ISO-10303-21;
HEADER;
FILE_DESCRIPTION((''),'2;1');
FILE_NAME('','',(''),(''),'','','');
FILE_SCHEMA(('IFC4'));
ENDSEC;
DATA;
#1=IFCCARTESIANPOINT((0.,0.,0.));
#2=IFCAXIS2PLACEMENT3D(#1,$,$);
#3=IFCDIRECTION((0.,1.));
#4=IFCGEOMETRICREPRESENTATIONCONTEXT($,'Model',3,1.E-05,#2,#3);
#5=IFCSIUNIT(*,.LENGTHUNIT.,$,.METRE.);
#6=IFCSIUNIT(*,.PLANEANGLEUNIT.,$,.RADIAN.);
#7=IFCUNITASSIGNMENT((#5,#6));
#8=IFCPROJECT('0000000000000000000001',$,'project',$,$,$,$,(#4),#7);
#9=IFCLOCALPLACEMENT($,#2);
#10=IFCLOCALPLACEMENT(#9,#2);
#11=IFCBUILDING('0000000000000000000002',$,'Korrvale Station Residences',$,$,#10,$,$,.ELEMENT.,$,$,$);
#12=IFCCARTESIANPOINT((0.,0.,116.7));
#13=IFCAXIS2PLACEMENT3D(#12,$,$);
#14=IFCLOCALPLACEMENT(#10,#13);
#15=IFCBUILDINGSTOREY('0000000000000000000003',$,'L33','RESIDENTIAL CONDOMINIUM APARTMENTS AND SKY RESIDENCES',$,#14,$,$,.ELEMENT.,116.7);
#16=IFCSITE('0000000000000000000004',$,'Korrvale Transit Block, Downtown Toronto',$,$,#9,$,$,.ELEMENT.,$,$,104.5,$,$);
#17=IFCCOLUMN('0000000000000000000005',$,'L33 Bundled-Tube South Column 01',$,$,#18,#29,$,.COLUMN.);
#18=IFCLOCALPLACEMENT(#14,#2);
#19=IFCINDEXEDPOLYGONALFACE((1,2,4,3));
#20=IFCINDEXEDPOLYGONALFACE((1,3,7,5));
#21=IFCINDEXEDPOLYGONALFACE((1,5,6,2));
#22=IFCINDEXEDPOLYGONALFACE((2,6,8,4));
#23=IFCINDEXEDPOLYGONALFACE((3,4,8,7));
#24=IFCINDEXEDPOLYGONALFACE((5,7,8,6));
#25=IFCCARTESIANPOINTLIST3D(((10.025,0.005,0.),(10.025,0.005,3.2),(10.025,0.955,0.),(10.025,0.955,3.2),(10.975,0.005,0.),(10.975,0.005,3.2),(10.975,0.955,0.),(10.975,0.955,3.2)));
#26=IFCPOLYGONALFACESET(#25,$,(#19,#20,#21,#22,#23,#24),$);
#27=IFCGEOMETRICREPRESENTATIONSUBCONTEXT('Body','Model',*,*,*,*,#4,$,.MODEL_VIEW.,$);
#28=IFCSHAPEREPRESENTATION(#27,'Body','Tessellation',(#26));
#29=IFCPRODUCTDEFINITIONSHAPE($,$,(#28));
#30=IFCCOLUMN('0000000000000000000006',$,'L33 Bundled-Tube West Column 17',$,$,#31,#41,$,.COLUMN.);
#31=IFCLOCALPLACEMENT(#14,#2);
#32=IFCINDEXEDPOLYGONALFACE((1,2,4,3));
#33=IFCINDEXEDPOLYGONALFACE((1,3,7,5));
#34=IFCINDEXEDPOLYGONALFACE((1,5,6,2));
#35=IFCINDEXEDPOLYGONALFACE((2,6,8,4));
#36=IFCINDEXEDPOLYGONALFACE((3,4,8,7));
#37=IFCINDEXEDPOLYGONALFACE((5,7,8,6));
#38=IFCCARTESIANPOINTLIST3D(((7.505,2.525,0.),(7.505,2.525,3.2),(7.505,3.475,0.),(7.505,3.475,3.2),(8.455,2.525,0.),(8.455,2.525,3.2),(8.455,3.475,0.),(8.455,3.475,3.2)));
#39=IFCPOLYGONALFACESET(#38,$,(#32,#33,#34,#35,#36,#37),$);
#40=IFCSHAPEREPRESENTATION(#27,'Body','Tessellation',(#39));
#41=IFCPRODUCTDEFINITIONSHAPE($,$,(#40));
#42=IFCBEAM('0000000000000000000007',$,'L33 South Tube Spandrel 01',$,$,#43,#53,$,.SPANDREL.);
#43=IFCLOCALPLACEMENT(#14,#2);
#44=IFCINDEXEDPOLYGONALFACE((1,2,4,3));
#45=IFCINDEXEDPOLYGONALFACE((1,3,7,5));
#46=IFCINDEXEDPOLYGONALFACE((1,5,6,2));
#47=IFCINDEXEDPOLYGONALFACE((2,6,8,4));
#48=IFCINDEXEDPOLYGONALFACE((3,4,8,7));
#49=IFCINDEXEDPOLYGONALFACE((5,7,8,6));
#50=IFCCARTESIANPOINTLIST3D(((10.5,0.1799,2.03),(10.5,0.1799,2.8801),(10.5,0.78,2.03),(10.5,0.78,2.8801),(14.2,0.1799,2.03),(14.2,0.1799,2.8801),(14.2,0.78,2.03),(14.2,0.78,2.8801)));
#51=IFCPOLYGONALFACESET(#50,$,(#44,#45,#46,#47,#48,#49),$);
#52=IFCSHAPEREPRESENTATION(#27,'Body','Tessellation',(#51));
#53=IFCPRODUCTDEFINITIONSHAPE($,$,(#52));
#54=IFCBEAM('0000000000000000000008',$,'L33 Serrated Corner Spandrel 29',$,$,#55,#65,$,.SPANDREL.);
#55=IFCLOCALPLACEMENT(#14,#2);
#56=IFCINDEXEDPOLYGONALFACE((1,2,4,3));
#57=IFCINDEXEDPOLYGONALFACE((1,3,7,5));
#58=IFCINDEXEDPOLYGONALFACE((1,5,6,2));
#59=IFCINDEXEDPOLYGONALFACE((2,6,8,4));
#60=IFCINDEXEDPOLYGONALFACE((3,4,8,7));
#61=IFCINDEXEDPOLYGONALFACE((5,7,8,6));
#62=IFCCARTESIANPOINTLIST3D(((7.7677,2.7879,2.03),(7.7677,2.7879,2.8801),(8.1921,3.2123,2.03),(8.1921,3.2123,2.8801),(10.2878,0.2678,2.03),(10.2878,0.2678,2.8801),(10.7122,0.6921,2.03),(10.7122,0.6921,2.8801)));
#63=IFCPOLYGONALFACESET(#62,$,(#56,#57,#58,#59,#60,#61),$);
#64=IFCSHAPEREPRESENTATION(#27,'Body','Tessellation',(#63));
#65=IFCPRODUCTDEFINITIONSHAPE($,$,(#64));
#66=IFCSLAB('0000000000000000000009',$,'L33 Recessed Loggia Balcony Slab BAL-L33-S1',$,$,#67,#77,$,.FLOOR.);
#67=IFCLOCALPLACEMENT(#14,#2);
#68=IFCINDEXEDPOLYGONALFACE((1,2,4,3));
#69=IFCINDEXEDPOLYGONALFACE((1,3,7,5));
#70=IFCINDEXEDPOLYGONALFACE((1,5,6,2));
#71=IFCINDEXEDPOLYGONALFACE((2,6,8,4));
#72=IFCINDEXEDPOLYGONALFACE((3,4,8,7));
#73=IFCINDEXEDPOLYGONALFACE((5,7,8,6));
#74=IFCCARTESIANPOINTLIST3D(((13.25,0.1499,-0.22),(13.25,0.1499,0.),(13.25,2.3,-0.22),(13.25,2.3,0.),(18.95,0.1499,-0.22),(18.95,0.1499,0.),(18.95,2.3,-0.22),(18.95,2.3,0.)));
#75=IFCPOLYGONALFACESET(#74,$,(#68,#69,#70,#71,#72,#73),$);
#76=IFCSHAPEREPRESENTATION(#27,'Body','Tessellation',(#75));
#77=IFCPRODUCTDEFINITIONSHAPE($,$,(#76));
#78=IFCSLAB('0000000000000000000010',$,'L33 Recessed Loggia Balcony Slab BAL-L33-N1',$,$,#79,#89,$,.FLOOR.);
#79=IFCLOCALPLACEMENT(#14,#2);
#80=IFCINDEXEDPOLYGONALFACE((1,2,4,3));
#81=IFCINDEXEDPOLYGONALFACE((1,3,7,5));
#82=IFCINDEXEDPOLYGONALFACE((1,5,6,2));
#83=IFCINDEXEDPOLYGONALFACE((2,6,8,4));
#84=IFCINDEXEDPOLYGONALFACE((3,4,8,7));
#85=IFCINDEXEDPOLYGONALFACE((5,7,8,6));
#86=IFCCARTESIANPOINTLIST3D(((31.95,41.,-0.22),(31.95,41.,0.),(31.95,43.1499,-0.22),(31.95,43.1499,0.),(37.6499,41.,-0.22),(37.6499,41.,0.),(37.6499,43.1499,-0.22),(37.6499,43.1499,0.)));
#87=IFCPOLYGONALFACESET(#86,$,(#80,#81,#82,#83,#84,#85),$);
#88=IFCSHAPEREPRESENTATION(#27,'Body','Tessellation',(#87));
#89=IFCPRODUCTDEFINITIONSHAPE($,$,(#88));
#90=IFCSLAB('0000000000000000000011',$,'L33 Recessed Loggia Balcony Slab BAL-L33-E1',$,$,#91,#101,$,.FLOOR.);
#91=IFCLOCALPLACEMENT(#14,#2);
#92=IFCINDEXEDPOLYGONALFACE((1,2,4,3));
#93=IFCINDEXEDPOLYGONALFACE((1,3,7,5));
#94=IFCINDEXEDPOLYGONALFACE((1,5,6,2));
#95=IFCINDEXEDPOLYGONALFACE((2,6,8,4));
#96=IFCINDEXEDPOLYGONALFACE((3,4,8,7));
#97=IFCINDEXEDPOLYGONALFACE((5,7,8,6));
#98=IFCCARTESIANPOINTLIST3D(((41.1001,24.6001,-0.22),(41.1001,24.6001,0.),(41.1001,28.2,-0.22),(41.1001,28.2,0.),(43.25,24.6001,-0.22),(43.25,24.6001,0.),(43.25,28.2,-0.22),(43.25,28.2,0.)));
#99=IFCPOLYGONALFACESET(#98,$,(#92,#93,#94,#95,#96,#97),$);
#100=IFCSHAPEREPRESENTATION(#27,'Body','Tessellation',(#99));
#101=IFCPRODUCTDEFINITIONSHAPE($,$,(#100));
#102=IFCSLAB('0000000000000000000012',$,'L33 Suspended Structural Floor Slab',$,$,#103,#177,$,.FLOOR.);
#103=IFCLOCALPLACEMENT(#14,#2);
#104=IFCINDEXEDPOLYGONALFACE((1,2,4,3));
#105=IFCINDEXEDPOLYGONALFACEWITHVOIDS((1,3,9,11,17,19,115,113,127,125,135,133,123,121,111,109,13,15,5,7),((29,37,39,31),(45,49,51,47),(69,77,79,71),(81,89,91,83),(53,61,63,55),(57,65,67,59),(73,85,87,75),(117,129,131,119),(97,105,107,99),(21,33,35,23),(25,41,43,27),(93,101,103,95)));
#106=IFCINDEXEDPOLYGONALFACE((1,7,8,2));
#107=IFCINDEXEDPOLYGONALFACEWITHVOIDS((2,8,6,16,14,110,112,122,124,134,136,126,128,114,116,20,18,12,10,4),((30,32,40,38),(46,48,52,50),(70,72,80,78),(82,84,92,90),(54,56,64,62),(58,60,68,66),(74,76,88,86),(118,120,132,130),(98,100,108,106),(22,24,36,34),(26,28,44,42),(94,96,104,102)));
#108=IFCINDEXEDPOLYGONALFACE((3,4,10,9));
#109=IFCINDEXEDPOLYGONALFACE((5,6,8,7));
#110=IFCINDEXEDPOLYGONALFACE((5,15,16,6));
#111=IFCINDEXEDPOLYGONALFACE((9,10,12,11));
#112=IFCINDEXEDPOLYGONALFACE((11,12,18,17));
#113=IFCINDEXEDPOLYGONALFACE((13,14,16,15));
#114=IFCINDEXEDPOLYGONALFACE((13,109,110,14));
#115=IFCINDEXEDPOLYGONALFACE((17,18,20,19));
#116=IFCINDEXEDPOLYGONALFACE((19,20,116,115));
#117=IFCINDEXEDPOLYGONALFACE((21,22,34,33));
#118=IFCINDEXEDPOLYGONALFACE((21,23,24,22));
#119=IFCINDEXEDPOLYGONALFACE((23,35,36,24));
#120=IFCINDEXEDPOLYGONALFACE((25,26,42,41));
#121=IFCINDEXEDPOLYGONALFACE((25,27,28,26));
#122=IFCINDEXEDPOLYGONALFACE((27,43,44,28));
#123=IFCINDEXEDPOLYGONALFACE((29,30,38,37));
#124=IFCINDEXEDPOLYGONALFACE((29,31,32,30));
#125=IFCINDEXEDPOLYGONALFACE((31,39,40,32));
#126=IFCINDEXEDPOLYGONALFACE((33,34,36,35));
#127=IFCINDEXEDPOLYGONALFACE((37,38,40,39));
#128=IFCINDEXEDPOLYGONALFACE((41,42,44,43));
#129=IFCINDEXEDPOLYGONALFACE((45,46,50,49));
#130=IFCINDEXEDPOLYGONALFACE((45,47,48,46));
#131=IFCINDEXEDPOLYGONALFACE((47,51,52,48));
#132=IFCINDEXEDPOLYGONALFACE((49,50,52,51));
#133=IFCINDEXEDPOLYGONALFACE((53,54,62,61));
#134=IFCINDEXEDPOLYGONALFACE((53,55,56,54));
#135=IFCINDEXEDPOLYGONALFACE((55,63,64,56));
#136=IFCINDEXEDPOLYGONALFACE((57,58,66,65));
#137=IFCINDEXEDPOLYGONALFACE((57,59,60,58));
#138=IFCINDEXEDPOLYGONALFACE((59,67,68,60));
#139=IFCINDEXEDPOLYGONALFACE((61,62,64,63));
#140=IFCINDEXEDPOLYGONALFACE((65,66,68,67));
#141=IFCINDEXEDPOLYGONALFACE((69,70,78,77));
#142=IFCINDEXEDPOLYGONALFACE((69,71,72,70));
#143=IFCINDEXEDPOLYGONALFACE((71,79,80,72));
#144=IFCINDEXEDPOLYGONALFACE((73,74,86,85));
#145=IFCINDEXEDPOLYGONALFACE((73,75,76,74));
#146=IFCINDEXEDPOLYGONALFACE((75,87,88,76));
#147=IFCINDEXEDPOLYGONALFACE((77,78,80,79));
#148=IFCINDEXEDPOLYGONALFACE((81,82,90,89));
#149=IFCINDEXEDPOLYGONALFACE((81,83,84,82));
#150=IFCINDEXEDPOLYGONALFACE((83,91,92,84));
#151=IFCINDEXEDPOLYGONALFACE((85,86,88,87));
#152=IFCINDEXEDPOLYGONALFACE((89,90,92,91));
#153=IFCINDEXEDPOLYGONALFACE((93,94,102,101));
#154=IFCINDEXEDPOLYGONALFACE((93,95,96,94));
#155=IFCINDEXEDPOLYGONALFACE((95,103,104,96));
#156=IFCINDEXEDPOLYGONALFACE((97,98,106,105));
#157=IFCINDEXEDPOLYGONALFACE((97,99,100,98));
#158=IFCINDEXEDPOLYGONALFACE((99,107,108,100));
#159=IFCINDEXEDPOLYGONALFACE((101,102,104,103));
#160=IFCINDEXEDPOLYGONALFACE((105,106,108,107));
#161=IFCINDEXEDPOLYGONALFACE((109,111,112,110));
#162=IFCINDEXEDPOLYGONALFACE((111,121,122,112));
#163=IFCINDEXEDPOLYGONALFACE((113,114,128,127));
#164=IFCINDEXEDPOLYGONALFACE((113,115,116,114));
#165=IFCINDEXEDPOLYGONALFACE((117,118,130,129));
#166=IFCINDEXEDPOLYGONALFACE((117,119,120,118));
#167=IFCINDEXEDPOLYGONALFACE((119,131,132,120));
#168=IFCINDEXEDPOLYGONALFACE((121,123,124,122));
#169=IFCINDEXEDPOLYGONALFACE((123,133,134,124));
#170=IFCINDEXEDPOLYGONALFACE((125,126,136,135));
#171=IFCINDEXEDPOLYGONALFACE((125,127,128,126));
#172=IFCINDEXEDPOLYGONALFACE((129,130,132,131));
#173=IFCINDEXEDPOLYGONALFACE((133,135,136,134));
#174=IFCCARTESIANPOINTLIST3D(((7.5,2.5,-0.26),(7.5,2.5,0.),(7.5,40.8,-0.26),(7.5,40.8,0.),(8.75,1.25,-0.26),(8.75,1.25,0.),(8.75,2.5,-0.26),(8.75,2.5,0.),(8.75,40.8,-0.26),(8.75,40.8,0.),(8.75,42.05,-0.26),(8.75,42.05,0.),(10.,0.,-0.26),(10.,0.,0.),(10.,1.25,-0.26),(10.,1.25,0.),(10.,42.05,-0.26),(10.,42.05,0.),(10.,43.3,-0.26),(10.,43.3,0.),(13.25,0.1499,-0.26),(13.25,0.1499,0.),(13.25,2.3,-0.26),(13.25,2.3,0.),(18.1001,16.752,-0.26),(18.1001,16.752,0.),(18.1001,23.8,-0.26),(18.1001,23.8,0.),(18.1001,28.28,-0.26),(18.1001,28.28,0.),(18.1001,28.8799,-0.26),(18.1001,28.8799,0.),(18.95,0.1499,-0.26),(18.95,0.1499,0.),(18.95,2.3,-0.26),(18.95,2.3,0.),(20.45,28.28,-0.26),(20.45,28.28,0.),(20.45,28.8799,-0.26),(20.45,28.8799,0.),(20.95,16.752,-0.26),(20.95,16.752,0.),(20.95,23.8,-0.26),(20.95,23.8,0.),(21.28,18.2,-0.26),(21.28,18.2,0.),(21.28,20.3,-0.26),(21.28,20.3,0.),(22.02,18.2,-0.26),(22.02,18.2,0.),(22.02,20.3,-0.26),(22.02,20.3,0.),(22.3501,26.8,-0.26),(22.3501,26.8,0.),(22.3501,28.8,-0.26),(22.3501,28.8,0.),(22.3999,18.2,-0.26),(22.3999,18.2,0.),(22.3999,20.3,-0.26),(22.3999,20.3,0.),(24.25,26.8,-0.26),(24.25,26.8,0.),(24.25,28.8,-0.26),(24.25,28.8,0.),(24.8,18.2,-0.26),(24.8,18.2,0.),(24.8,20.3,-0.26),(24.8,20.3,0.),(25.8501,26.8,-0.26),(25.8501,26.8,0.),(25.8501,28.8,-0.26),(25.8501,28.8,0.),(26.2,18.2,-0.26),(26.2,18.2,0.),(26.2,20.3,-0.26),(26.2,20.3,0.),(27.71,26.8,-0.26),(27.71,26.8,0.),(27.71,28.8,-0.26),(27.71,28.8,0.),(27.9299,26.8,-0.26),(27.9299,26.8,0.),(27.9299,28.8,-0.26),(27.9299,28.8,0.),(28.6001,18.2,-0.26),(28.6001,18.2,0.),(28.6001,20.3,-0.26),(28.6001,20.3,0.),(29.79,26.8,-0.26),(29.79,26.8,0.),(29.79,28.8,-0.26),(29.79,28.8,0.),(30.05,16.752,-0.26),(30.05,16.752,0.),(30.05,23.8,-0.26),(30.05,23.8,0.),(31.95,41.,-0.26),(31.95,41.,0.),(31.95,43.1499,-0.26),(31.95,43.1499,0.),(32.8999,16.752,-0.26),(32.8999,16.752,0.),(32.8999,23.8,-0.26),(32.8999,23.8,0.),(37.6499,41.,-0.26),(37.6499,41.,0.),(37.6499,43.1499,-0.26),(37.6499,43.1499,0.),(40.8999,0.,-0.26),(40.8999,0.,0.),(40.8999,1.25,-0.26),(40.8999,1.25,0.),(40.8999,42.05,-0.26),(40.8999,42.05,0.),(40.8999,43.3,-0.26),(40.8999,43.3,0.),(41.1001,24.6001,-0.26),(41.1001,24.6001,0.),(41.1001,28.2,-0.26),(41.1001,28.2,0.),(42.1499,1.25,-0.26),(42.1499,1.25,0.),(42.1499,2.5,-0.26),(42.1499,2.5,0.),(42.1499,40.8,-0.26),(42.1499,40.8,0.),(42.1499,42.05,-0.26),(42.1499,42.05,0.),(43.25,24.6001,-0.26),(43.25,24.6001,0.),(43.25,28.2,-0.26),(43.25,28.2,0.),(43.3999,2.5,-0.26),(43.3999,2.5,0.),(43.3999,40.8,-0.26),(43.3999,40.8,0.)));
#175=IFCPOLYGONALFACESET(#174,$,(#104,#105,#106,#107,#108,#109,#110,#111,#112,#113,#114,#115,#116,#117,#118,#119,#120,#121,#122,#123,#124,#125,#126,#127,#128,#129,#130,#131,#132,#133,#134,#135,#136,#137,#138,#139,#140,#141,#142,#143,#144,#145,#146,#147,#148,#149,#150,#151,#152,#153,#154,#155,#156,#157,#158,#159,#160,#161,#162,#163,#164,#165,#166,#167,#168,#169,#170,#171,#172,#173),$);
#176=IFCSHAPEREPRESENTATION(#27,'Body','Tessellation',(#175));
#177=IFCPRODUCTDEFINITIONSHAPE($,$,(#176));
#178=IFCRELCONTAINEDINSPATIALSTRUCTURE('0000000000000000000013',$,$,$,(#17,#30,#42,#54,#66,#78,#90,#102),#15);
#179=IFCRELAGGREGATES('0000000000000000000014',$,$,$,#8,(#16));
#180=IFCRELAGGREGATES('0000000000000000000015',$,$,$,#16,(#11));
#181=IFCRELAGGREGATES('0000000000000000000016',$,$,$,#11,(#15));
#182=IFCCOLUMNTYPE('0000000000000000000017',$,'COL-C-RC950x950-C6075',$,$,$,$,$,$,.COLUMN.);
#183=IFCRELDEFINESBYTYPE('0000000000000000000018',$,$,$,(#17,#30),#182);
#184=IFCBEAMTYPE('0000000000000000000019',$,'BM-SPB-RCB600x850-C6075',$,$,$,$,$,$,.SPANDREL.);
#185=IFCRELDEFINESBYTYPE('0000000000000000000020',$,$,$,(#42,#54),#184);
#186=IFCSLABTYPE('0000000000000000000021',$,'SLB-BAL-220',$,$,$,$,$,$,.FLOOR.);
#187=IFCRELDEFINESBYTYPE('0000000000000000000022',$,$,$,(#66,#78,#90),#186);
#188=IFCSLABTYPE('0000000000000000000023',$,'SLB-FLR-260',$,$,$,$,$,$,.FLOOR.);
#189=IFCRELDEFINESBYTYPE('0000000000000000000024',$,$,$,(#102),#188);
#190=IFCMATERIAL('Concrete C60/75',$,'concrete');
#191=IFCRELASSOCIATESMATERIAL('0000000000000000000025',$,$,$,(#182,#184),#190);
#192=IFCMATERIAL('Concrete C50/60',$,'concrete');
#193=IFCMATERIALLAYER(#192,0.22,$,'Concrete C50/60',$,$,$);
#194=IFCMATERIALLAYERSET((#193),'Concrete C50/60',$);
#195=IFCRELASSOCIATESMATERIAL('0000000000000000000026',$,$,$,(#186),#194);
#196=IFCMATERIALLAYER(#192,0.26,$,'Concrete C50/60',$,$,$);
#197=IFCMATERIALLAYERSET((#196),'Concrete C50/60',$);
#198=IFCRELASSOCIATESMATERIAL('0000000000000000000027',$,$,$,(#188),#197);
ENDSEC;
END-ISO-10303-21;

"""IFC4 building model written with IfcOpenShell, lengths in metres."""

from ifc_helpers import new_model, si_unit, direction, frame, origin, origin_2d, place, context, subcontext, project, spatial, polyline, rectangle, outline, extrude, material, layer, layer_set, material_profile, profile_set, type_object, element, save


model = new_model("IFC4")

# Units and contexts
model_context = context("Model", 3, precision=1e-05, world=origin(), true_north=direction((0.0, 1.0)))
body_context = subcontext(model_context, "Body", "Model", "MODEL_VIEW")
ifc_project = project(units=[si_unit("LENGTHUNIT", "METRE"), si_unit("PLANEANGLEUNIT", "RADIAN")], contexts=[model_context])

# Site, building, storey
site_placement = place(None, origin())
site = spatial("IfcSite", under=ifc_project, at=site_placement, Name="Korrvale Transit Block, Downtown Toronto", CompositionType="ELEMENT", RefElevation=104.5)
building_placement = place(site_placement, origin())
building = spatial("IfcBuilding", under=site, at=building_placement, Name="Korrvale Station Residences", CompositionType="ELEMENT")
storey_placement = place(building_placement, frame((0.0, 0.0, 116.7)))
storey = spatial("IfcBuildingStorey", under=building, at=storey_placement, Name="L33", Description="RESIDENTIAL CONDOMINIUM APARTMENTS AND SKY RESIDENCES", CompositionType="ELEMENT", Elevation=116.7)

# Columns
ifc_material_1 = material(Name="Concrete C60/75", Category="concrete")
ifc_material_profile_1 = material_profile(ifc_material_1, rectangle(XDim=0.95, YDim=0.95, at=origin_2d()), Name="RC950x950")
ifc_profile_set_1 = profile_set([ifc_material_profile_1], Name="Concrete C60/75")
column_type = type_object("IfcColumnType", Name="COL-C-RC950x950-C6075", PredefinedType="COLUMN", material=ifc_profile_set_1)
for number, where, z_axis, x_axis, name in (
    (1, (10.5, 0.48, 0.0), (0.0, 0.0, 1.0), (1.0, 0.0, 0.0), "L33 Bundled-Tube South Column 01"),
    (2, (7.98, 3.0, 0.0), (0.0, 0.0, 1.0), (1.0, 0.0, 0.0), "L33 Bundled-Tube West Column 17"),
):
    element("IfcColumn", number, at=place(storey_placement, frame(where, z_axis=z_axis, x_axis=x_axis)), inside=storey, type_object=column_type, Name=name, PredefinedType="COLUMN", context=body_context, shape_type="SweptSolid", body=[
        extrude(rectangle(XDim=0.95, YDim=0.95, at=origin_2d()), origin(), (0.0, 0.0, 1.0), 3.2),
    ])

# Beams
ifc_material_profile_2 = material_profile(ifc_material_1, rectangle(XDim=0.6001, YDim=0.8501, at=origin_2d()), Name="RCB600x850")
ifc_profile_set_2 = profile_set([ifc_material_profile_2], Name="Concrete C60/75")
beam_type = type_object("IfcBeamType", Name="BM-SPB-RCB600x850-C6075", PredefinedType="SPANDREL", material=ifc_profile_set_2)
beam_1_placement = place(storey_placement, frame((10.5, 0.48, 2.4551), z_axis=(1.0, 0.0, 0.0), x_axis=(0.0, 1.0, 0.0)))
element("IfcBeam", 3, at=beam_1_placement, inside=storey, type_object=beam_type, Name="L33 South Tube Spandrel 01", PredefinedType="SPANDREL", context=body_context, shape_type="SweptSolid", body=[
    extrude(rectangle(XDim=0.6001, YDim=0.8501, at=origin_2d()), origin(), (0.0, 0.0, 1.0), 3.7),
])
beam_2_placement = place(storey_placement, frame((10.5, 0.48, 2.4551), z_axis=(-0.707107, 0.707107, 0.0), x_axis=(-0.707107, -0.707107, 0.0)))
element("IfcBeam", 4, at=beam_2_placement, inside=storey, type_object=beam_type, Name="L33 Serrated Corner Spandrel 29", PredefinedType="SPANDREL", context=body_context, shape_type="SweptSolid", body=[
    extrude(rectangle(XDim=0.6001, YDim=0.8501, at=origin_2d()), origin(), (0.0, 0.0, 1.0), 3.564),
])

# Slabs
ifc_material_2 = material(Name="Concrete C50/60", Category="concrete")
ifc_layer_1 = layer(ifc_material_2, 0.22, Name="Concrete C50/60")
ifc_layer_set_1 = layer_set([ifc_layer_1], Name="Concrete C50/60")
slab_type_1 = type_object("IfcSlabType", Name="SLB-BAL-220", PredefinedType="FLOOR", material=ifc_layer_set_1)
slab_1_placement = place(storey_placement, frame((0.0, 0.0, -0.22)))
element("IfcSlab", 5, at=slab_1_placement, inside=storey, type_object=slab_type_1, Name="L33 Recessed Loggia Balcony Slab BAL-L33-S1", PredefinedType="FLOOR", context=body_context, shape_type="SweptSolid", body=[
    extrude(outline(polyline([(13.25, 0.1499), (18.95, 0.1499), (18.95, 2.3), (13.25, 2.3), (13.25, 0.1499)])), origin(), (0.0, 0.0, 1.0), 0.22),
])
slab_2_placement = place(storey_placement, frame((0.0, 0.0, -0.22)))
element("IfcSlab", 6, at=slab_2_placement, inside=storey, type_object=slab_type_1, Name="L33 Recessed Loggia Balcony Slab BAL-L33-N1", PredefinedType="FLOOR", context=body_context, shape_type="SweptSolid", body=[
    extrude(outline(polyline([(31.95, 41.0), (37.6499, 41.0), (37.6499, 43.1499), (31.95, 43.1499), (31.95, 41.0)])), origin(), (0.0, 0.0, 1.0), 0.22),
])
slab_3_placement = place(storey_placement, frame((0.0, 0.0, -0.22)))
element("IfcSlab", 7, at=slab_3_placement, inside=storey, type_object=slab_type_1, Name="L33 Recessed Loggia Balcony Slab BAL-L33-E1", PredefinedType="FLOOR", context=body_context, shape_type="SweptSolid", body=[
    extrude(outline(polyline([(41.1001, 24.6001), (43.25, 24.6001), (43.25, 28.2), (41.1001, 28.2), (41.1001, 24.6001)])), origin(), (0.0, 0.0, 1.0), 0.22),
])
ifc_layer_2 = layer(ifc_material_2, 0.26, Name="Concrete C50/60")
ifc_layer_set_2 = layer_set([ifc_layer_2], Name="Concrete C50/60")
slab_type_2 = type_object("IfcSlabType", Name="SLB-FLR-260", PredefinedType="FLOOR", material=ifc_layer_set_2)
slab_4_placement = place(storey_placement, frame((0.0, 0.0, -0.26)))
element("IfcSlab", 8, at=slab_4_placement, inside=storey, type_object=slab_type_2, Name="L33 Suspended Structural Floor Slab", PredefinedType="FLOOR", context=body_context, shape_type="SweptSolid", body=[
    extrude(outline(polyline([(10.0, 0.0), (40.8999, 0.0), (40.8999, 1.25), (42.1499, 1.25), (42.1499, 2.5), (43.3999, 2.5), (43.3999, 40.8), (42.1499, 40.8), (42.1499, 42.05), (40.8999, 42.05), (40.8999, 43.3), (10.0, 43.3), (10.0, 42.05), (8.75, 42.05), (8.75, 40.8), (7.5, 40.8), (7.5, 2.5), (8.75, 2.5), (8.75, 1.25), (10.0, 1.25), (10.0, 0.0)]), holes=[polyline([(20.95, 16.752), (20.95, 23.8), (18.1001, 23.8), (18.1001, 16.752), (20.95, 16.752)]), polyline([(32.8999, 16.752), (32.8999, 23.8), (30.05, 23.8), (30.05, 16.752), (32.8999, 16.752)]), polyline([(22.3501, 26.8), (24.25, 26.8), (24.25, 28.8), (22.3501, 28.8), (22.3501, 26.8)]), polyline([(25.8501, 26.8), (27.71, 26.8), (27.71, 28.8), (25.8501, 28.8), (25.8501, 26.8)]), polyline([(27.9299, 26.8), (29.79, 26.8), (29.79, 28.8), (27.9299, 28.8), (27.9299, 26.8)]), polyline([(22.3999, 18.2), (24.8, 18.2), (24.8, 20.3), (22.3999, 20.3), (22.3999, 18.2)]), polyline([(26.2, 18.2), (28.6001, 18.2), (28.6001, 20.3), (26.2, 20.3), (26.2, 18.2)]), polyline([(18.1001, 28.28), (20.45, 28.28), (20.45, 28.8799), (18.1001, 28.8799), (18.1001, 28.28)]), polyline([(21.28, 18.2), (22.02, 18.2), (22.02, 20.3), (21.28, 20.3), (21.28, 18.2)]), polyline([(13.25, 0.1499), (18.95, 0.1499), (18.95, 2.3), (13.25, 2.3), (13.25, 0.1499)]), polyline([(31.95, 41.0), (37.6499, 41.0), (37.6499, 43.1499), (31.95, 43.1499), (31.95, 41.0)]), polyline([(41.1001, 24.6001), (43.25, 24.6001), (43.25, 28.2), (41.1001, 28.2), (41.1001, 24.6001)])]), origin(), (0.0, 0.0, 1.0), 0.26),
])

save(model, "model.ifc")
